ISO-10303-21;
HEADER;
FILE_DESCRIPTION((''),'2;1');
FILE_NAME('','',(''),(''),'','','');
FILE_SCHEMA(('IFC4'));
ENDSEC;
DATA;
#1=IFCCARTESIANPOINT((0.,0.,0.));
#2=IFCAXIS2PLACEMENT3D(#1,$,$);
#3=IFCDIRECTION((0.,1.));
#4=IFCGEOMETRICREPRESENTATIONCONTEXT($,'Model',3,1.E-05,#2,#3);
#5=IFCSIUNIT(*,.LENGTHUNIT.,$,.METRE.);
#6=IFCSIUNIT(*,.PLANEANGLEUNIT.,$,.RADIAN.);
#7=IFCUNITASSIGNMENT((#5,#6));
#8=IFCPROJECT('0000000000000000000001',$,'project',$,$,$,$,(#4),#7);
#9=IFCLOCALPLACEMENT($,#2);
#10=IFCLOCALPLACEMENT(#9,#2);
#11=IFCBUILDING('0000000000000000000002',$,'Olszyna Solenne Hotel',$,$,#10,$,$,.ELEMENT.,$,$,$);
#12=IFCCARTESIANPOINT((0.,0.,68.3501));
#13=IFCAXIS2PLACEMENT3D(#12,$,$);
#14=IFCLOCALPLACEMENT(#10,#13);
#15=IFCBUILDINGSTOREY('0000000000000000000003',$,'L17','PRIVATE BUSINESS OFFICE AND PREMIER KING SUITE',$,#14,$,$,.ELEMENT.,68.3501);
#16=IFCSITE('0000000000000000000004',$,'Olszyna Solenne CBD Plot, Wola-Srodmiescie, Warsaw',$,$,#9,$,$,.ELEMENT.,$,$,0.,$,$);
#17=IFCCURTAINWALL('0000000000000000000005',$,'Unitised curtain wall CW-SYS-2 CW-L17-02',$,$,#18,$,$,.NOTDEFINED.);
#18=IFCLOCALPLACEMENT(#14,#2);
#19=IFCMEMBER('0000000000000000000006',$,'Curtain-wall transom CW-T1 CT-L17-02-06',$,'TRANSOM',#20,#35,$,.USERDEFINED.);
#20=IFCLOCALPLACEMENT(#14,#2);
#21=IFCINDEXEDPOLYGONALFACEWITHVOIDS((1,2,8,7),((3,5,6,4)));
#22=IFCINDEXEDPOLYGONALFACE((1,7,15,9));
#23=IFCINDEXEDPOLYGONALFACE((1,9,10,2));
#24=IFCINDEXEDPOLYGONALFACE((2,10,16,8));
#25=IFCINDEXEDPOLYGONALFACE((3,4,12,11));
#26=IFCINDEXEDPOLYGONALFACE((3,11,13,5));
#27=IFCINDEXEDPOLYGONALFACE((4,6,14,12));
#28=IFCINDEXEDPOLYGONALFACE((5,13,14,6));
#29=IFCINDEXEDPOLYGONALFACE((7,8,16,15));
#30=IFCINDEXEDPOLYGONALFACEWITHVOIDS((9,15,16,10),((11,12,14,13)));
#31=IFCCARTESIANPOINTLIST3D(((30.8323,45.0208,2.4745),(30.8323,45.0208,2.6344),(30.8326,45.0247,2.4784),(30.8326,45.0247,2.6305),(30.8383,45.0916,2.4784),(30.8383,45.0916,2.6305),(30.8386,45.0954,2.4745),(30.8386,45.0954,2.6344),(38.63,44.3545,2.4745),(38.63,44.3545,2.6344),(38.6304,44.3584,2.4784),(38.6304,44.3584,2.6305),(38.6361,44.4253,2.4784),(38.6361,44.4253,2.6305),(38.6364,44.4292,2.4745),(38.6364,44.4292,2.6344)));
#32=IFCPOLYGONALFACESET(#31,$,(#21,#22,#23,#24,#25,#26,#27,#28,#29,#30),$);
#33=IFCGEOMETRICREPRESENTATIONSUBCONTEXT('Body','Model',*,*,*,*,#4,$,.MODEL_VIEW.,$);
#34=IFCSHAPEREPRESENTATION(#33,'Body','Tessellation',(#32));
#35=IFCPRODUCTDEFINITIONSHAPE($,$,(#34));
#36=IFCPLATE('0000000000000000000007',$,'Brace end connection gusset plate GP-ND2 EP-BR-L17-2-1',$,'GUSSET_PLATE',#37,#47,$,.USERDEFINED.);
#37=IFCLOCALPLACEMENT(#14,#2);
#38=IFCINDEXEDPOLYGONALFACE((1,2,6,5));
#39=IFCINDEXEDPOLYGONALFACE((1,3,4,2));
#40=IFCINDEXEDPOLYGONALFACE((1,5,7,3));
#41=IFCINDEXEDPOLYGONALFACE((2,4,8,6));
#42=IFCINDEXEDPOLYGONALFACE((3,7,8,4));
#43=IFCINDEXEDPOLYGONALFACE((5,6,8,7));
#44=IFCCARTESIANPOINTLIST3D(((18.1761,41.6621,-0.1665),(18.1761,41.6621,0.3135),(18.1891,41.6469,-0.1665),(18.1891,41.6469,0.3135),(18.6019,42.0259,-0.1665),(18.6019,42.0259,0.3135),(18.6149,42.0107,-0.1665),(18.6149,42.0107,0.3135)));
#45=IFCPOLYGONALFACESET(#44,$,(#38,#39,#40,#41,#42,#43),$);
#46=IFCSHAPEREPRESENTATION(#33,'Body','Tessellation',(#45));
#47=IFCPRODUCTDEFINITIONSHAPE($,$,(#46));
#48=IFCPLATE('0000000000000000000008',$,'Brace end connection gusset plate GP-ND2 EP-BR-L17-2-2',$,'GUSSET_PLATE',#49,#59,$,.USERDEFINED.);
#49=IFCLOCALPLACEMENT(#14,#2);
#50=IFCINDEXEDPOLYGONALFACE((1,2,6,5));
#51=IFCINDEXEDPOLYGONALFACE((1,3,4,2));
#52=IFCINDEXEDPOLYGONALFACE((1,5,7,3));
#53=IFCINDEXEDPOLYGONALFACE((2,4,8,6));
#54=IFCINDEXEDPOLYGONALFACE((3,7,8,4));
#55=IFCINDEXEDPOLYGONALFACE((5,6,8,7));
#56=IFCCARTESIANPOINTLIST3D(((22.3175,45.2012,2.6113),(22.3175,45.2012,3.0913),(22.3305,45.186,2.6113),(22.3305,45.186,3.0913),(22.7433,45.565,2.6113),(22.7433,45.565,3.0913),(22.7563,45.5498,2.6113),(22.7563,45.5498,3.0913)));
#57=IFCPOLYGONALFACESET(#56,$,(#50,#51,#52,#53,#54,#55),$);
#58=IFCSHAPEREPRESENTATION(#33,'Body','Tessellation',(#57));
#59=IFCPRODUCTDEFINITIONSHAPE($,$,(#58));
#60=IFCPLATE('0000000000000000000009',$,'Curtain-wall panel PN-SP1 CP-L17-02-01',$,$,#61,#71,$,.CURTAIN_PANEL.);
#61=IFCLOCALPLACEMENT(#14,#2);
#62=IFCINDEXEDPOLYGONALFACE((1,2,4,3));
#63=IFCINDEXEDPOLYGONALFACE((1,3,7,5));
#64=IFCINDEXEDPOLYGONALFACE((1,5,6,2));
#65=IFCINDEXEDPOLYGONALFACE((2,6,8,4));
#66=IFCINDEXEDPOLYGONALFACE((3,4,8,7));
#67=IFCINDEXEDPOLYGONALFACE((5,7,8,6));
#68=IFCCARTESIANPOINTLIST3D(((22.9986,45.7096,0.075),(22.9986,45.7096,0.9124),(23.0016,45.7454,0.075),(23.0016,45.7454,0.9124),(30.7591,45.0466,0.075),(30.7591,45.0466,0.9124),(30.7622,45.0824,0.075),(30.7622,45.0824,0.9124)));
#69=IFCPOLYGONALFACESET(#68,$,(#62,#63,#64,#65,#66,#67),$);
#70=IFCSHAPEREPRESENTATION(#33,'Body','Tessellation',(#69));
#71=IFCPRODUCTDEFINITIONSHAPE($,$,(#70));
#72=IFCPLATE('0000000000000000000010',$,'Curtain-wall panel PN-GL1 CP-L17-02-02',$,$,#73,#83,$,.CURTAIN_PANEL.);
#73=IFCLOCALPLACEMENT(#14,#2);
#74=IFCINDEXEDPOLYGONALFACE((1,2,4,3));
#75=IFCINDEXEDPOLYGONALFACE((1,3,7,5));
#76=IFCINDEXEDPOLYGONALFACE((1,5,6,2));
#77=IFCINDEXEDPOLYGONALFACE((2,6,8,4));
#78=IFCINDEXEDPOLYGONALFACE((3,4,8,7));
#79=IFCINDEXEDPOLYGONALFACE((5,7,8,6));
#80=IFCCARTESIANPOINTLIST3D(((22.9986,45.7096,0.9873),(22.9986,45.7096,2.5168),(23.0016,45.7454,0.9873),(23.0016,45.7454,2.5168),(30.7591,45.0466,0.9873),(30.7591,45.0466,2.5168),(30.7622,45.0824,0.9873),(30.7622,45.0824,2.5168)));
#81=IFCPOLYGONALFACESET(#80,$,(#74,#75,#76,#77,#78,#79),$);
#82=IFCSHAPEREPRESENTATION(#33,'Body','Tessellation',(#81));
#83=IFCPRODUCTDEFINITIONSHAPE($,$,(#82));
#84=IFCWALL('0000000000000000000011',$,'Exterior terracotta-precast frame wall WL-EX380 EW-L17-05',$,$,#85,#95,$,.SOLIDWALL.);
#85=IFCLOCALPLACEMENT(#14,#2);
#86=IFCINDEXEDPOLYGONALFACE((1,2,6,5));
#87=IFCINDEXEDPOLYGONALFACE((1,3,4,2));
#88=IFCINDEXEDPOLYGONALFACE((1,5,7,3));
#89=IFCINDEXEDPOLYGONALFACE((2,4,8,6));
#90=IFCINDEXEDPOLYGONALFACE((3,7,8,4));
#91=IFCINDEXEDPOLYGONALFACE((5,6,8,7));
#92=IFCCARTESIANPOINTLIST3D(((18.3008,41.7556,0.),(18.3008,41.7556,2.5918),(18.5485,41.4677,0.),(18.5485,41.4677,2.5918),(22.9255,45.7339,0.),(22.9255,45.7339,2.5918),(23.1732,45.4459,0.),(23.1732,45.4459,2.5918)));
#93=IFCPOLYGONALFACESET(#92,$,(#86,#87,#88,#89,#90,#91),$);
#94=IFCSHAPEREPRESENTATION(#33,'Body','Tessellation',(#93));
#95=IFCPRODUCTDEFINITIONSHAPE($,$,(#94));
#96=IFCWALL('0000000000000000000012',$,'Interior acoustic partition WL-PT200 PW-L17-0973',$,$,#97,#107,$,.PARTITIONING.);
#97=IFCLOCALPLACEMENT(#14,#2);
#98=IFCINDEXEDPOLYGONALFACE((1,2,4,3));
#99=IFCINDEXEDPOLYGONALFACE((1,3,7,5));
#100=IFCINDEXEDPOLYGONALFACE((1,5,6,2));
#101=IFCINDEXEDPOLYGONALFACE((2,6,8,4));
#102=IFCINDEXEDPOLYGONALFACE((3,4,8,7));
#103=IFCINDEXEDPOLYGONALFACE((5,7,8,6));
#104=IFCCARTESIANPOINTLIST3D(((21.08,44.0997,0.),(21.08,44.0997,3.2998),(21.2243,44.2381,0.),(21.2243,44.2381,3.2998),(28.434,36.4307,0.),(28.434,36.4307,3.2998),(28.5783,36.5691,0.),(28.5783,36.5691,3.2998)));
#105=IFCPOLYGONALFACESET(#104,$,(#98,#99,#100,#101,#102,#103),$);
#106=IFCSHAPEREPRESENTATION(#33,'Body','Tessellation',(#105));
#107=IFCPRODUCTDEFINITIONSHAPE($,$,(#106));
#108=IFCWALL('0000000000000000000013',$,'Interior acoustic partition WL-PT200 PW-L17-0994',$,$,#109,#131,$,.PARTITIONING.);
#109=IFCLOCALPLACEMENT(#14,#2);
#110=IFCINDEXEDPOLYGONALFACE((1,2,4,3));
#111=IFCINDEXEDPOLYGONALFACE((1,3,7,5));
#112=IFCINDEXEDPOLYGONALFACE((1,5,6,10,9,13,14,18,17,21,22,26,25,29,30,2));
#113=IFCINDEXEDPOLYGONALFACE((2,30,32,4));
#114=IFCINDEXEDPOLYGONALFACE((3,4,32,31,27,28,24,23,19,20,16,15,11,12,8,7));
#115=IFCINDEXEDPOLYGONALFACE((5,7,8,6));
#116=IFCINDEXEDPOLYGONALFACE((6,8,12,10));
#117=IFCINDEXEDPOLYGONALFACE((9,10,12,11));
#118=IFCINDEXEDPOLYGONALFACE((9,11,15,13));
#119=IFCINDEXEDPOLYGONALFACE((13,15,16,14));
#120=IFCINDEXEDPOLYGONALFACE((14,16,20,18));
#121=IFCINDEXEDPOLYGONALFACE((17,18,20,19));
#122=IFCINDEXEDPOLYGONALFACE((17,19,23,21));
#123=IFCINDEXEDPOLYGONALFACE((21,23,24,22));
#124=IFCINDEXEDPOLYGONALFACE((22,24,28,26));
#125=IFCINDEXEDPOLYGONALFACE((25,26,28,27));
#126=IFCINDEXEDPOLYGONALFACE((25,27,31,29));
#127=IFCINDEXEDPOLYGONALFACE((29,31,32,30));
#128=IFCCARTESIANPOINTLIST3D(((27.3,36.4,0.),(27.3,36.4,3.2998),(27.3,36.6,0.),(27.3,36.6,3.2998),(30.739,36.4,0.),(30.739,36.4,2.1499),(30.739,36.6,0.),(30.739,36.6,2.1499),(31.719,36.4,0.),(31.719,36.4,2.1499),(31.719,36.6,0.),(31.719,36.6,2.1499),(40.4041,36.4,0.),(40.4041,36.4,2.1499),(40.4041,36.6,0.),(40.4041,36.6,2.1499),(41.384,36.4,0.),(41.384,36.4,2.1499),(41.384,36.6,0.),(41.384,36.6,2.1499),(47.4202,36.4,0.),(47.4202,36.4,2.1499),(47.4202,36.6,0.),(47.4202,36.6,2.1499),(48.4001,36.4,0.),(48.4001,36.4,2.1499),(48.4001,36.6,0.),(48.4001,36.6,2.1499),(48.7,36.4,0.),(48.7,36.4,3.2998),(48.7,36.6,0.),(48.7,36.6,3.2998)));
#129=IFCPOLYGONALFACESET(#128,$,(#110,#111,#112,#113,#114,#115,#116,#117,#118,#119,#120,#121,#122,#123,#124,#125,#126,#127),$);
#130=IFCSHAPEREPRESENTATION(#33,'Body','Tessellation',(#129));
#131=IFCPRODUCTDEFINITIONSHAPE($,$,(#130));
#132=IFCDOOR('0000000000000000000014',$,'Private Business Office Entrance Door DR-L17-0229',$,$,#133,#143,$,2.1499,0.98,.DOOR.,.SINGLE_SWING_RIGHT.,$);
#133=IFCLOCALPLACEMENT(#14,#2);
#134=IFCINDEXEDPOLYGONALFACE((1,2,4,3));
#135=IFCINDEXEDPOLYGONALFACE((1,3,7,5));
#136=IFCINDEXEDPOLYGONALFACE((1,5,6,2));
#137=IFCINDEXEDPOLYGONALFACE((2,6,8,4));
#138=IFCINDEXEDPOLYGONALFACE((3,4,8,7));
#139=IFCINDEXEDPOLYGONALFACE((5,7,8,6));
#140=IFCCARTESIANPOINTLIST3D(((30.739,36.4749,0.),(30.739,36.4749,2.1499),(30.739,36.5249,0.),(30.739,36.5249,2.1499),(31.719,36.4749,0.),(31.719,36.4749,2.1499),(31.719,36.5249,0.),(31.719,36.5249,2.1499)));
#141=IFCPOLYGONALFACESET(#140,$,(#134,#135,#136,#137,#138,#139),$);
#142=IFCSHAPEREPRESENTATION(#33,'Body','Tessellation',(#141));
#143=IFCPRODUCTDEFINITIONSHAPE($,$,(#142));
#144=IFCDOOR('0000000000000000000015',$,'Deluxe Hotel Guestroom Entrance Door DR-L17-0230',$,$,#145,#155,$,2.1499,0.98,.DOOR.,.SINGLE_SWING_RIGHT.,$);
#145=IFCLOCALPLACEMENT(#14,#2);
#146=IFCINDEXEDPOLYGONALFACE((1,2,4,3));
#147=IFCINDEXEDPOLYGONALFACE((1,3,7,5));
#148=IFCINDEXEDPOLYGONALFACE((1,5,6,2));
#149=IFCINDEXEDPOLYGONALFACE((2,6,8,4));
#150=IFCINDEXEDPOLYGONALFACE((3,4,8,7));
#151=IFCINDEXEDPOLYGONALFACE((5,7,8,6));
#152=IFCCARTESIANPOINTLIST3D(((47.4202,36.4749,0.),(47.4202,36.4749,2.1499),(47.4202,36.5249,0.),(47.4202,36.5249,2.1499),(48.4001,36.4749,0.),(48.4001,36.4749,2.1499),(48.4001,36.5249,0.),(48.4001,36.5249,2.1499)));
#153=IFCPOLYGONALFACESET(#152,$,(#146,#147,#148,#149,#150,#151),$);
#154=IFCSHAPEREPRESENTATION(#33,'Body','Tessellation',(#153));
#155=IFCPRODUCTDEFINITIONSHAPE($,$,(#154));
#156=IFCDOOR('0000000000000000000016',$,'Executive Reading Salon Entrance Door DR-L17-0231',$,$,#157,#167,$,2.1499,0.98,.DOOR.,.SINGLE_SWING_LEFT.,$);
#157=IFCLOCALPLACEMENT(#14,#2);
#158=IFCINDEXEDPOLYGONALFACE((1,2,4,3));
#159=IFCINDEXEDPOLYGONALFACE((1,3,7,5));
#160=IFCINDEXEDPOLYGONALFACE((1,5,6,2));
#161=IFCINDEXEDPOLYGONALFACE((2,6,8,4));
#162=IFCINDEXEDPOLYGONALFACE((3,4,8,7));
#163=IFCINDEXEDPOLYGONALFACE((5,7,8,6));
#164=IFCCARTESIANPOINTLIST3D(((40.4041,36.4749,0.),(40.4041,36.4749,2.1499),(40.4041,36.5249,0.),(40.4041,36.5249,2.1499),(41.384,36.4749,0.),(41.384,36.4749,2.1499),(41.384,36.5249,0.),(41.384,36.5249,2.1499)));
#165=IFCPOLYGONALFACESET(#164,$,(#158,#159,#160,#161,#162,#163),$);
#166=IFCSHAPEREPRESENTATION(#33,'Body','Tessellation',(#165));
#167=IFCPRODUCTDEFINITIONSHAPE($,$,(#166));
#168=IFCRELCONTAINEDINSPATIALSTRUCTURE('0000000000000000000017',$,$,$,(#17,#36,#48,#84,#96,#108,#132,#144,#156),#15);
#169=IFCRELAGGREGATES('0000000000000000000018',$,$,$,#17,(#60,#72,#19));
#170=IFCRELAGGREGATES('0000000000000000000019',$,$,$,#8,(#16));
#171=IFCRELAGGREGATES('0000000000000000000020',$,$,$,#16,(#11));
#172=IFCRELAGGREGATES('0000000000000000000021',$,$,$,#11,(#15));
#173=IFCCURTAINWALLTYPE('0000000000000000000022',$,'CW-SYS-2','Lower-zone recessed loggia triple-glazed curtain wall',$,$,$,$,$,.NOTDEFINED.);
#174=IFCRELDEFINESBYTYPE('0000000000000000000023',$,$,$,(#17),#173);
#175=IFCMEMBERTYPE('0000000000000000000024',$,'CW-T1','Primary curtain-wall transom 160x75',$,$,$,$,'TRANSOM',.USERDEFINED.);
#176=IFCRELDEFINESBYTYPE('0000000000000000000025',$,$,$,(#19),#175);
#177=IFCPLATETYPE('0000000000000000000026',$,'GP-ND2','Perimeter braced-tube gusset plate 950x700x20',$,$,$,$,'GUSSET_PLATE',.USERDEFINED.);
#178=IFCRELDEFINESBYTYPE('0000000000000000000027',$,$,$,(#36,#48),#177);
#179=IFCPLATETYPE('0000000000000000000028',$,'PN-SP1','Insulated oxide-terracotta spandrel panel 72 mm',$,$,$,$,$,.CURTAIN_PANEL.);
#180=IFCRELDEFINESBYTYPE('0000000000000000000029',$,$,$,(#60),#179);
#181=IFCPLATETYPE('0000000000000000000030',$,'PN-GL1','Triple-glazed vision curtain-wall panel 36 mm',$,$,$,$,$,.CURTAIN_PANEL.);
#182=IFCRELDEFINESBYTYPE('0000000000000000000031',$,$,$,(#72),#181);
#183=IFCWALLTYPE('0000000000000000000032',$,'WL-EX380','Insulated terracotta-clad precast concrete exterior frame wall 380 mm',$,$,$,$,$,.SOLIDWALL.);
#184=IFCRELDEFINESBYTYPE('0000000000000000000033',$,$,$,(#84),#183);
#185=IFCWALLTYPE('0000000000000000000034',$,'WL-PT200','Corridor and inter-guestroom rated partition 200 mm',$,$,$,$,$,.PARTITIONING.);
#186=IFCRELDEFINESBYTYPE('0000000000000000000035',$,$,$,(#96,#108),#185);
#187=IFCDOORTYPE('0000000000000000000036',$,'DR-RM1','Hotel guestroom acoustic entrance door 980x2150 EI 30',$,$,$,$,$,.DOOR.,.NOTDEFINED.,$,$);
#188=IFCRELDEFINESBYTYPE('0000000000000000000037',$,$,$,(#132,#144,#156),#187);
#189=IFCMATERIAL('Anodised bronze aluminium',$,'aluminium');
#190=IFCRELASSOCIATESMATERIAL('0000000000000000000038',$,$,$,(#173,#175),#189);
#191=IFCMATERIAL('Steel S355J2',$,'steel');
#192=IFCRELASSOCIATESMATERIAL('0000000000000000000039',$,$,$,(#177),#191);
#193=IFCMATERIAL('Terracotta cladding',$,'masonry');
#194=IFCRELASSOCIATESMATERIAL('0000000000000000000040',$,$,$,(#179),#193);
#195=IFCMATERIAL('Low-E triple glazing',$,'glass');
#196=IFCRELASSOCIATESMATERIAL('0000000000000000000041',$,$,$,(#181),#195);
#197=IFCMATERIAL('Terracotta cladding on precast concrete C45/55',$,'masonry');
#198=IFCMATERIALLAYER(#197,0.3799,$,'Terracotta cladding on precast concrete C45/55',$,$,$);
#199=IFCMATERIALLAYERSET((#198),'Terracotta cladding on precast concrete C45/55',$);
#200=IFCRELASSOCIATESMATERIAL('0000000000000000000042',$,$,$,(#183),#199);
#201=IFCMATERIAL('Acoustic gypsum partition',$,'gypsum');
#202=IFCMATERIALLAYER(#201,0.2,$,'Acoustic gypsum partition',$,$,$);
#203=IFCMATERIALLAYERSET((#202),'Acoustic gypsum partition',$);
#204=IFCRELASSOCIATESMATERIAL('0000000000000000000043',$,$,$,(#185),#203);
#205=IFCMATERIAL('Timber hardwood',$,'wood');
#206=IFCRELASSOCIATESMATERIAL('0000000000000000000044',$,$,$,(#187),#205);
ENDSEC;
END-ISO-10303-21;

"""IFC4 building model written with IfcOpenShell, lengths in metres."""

from ifc_helpers import new_model, si_unit, direction, frame, frame_2d, origin, origin_2d, place, context, subcontext, project, spatial, rectangle, hollow_rectangle, extrude, source, transform, mapped, material, layer, layer_set, material_profile, profile_set, type_object, type_shapes, element, fill, aggregate, save


model = new_model("IFC4")

# Units and contexts
model_context = context("Model", 3, precision=1e-05, world=origin(), true_north=direction((0.0, 1.0)))
body_context = subcontext(model_context, "Body", "Model", "MODEL_VIEW")
ifc_project = project(units=[si_unit("LENGTHUNIT", "METRE"), si_unit("PLANEANGLEUNIT", "RADIAN")], contexts=[model_context])

# Site, building, storey
site_placement = place(None, origin())
site = spatial("IfcSite", under=ifc_project, at=site_placement, Name="Olszyna Solenne CBD Plot, Wola-Srodmiescie, Warsaw", CompositionType="ELEMENT", RefElevation=0.0)
building_placement = place(site_placement, origin())
building = spatial("IfcBuilding", under=site, at=building_placement, Name="Olszyna Solenne Hotel", CompositionType="ELEMENT")
storey_placement = place(building_placement, frame((0.0, 0.0, 68.3501)))
storey = spatial("IfcBuildingStorey", under=building, at=storey_placement, Name="L17", Description="PRIVATE BUSINESS OFFICE AND PREMIER KING SUITE", CompositionType="ELEMENT", Elevation=68.3501)

# Shared definitions
ifc_material_1 = material(Name="Steel S355J2", Category="steel")

# Curtain wall, member
ifc_material_2 = material(Name="Anodised bronze aluminium", Category="aluminium")
curtain_wall_type = type_object("IfcCurtainWallType", Name="CW-SYS-2", Description="Lower-zone recessed loggia triple-glazed curtain wall", PredefinedType="NOTDEFINED", material=ifc_material_2)
curtain_wall_placement = place(storey_placement, origin())
curtain_wall = element("IfcCurtainWall", 1, at=curtain_wall_placement, inside=storey, type_object=curtain_wall_type, Name="Unitised curtain wall CW-SYS-2 CW-L17-02", PredefinedType="NOTDEFINED")
ifc_material_profile_1 = material_profile(ifc_material_2, hollow_rectangle(XDim=0.075, YDim=0.1599, WallThickness=0.0039, at=origin_2d()), Name="TRAN 160x75x4", Category="load-bearing")
ifc_profile_set_1 = profile_set([ifc_material_profile_1], Name="Anodised bronze aluminium")
member_type_1 = type_object("IfcMemberType", Name="CW-T1", Description="Primary curtain-wall transom 160x75", ElementType="TRANSOM", PredefinedType="USERDEFINED", material=ifc_profile_set_1)
shared_shape_1 = source(origin(), body_context, "Body", "SweptSolid", [
    extrude(hollow_rectangle(XDim=0.075, YDim=0.1599, WallThickness=0.0039, at=origin_2d()), origin(), (0.0, 0.0, 1.0), 7.8262),
])
member_1_placement = place(storey_placement, frame((30.8354, 45.0581, 2.5544), z_axis=(0.99637, -0.085131, 0.0), x_axis=(0.085131, 0.99637, 0.0)))
member_1 = element("IfcMember", 2, at=member_1_placement, type_object=member_type_1, Name="Curtain-wall transom CW-T1 CT-L17-02-06", ObjectType="TRANSOM", PredefinedType="USERDEFINED", context=body_context, shape_type="MappedRepresentation", body=[
    mapped(shared_shape_1, transform((0.0, 0.0, 0.0), x_axis=(1.0, 0.0, 0.0), y_axis=(0.0, 1.0, 0.0), z_axis=(0.0, 0.0, 1.0), scale=1.0)),
])

# Plates
plate_type_1 = type_object("IfcPlateType", Name="GP-ND2", Description="Perimeter braced-tube gusset plate 950x700x20", ElementType="GUSSET_PLATE", PredefinedType="USERDEFINED", material=ifc_material_1)
shared_shape_2 = source(origin(), body_context, "Body", "SweptSolid", [
    extrude(rectangle(XDim=0.5601, YDim=0.02, at=origin_2d()), origin(), (0.0, 0.0, 1.0), 0.48),
])
for number, where, z_axis, x_axis, name in (
    (3, (18.3955, 41.8364, -0.1665), (0.0, 0.0, 1.0), (0.760293, 0.649581, 0.0), "Brace end connection gusset plate GP-ND2 EP-BR-L17-2-1"),
    (4, (22.5369, 45.3755, 2.6113), (0.0, 0.0, 1.0), (0.760293, 0.649581, 0.0), "Brace end connection gusset plate GP-ND2 EP-BR-L17-2-2"),
):
    element("IfcPlate", number, at=place(storey_placement, frame(where, z_axis=z_axis, x_axis=x_axis)), inside=storey, type_object=plate_type_1, Name=name, ObjectType="GUSSET_PLATE", PredefinedType="USERDEFINED", context=body_context, shape_type="MappedRepresentation", body=[
        mapped(shared_shape_2, transform((0.0, 0.0, 0.0), x_axis=(1.0, 0.0, 0.0), y_axis=(0.0, 1.0, 0.0), z_axis=(0.0, 0.0, 1.0), scale=1.0)),
    ])

# Plates
ifc_material_3 = material(Name="Terracotta cladding", Category="masonry")
plate_type_2 = type_object("IfcPlateType", Name="PN-SP1", Description="Insulated oxide-terracotta spandrel panel 72 mm", PredefinedType="CURTAIN_PANEL", material=ifc_material_3)
shared_shape_3 = source(origin(), body_context, "Body", "SweptSolid", [
    extrude(rectangle(XDim=7.7888, YDim=0.0359, at=origin_2d()), origin(), (0.0, 0.0, 1.0), 0.8374),
])
plate_1_placement = place(storey_placement, frame((26.8804, 45.396, 0.075), z_axis=(0.0, 0.0, 1.0), x_axis=(0.99637, -0.085125, 0.0)))
plate_1 = element("IfcPlate", 5, at=plate_1_placement, type_object=plate_type_2, Name="Curtain-wall panel PN-SP1 CP-L17-02-01", PredefinedType="CURTAIN_PANEL", context=body_context, shape_type="MappedRepresentation", body=[
    mapped(shared_shape_3, transform((0.0, 0.0, 0.0), x_axis=(1.0, 0.0, 0.0), y_axis=(0.0, 1.0, 0.0), z_axis=(0.0, 0.0, 1.0), scale=1.0)),
])
ifc_material_4 = material(Name="Low-E triple glazing", Category="glass")
plate_type_3 = type_object("IfcPlateType", Name="PN-GL1", Description="Triple-glazed vision curtain-wall panel 36 mm", PredefinedType="CURTAIN_PANEL", material=ifc_material_4)
shared_shape_4 = source(origin(), body_context, "Body", "SweptSolid", [
    extrude(rectangle(XDim=7.7888, YDim=0.0359, at=origin_2d()), origin(), (0.0, 0.0, 1.0), 1.5295),
])
plate_2_placement = place(storey_placement, frame((26.8804, 45.396, 0.9873), z_axis=(0.0, 0.0, 1.0), x_axis=(0.99637, -0.085125, 0.0)))
plate_2 = element("IfcPlate", 6, at=plate_2_placement, type_object=plate_type_3, Name="Curtain-wall panel PN-GL1 CP-L17-02-02", PredefinedType="CURTAIN_PANEL", context=body_context, shape_type="MappedRepresentation", body=[
    mapped(shared_shape_4, transform((0.0, 0.0, 0.0), x_axis=(1.0, 0.0, 0.0), y_axis=(0.0, 1.0, 0.0), z_axis=(0.0, 0.0, 1.0), scale=1.0)),
])
aggregate(curtain_wall, [plate_1, plate_2, member_1])

# Walls
ifc_material_5 = material(Name="Terracotta cladding on precast concrete C45/55", Category="masonry")
ifc_layer_1 = layer(ifc_material_5, 0.3799, Name="Terracotta cladding on precast concrete C45/55")
ifc_layer_set_1 = layer_set([ifc_layer_1], Name="Terracotta cladding on precast concrete C45/55")
wall_type_1 = type_object("IfcWallType", Name="WL-EX380", Description="Insulated terracotta-clad precast concrete exterior frame wall 380 mm", PredefinedType="SOLIDWALL", material=ifc_layer_set_1)
wall_1_placement = place(storey_placement, frame((18.4246, 41.6116, 0.0), z_axis=(0.0, 0.0, 1.0), x_axis=(0.758106, 0.652132, 0.0)))
element("IfcWall", 7, at=wall_1_placement, inside=storey, type_object=wall_type_1, Name="Exterior terracotta-precast frame wall WL-EX380 EW-L17-05", PredefinedType="SOLIDWALL", context=body_context, shape_type="SweptSolid", body=[
    extrude(rectangle(XDim=6.1003, YDim=0.3799, at=frame_2d((3.0503, 0.0))), origin(), (0.0, 0.0, 1.0), 2.5918),
])
ifc_material_6 = material(Name="Acoustic gypsum partition", Category="gypsum")
ifc_layer_2 = layer(ifc_material_6, 0.2, Name="Acoustic gypsum partition")
ifc_layer_set_2 = layer_set([ifc_layer_2], Name="Acoustic gypsum partition")
wall_type_2 = type_object("IfcWallType", Name="WL-PT200", Description="Corridor and inter-guestroom rated partition 200 mm", PredefinedType="PARTITIONING", material=ifc_layer_set_2)
wall_2_placement = place(storey_placement, frame((28.5061, 36.5, 0.0), z_axis=(0.0, 0.0, 1.0), x_axis=(-0.692131, 0.721772, 0.0)))
element("IfcWall", 8, at=wall_2_placement, inside=storey, type_object=wall_type_2, Name="Interior acoustic partition WL-PT200 PW-L17-0973", PredefinedType="PARTITIONING", context=body_context, shape_type="SweptSolid", body=[
    extrude(rectangle(XDim=10.6252, YDim=0.2, at=frame_2d((5.3125, 0.0))), origin(), (0.0, 0.0, 1.0), 3.2998),
])

# Wall, openings, doors
wall_3_placement = place(storey_placement, frame((27.3, 36.5, 0.0), z_axis=(0.0, 0.0, 1.0), x_axis=(1.0, 0.0, 0.0)))
wall_3 = element("IfcWall", 9, at=wall_3_placement, inside=storey, type_object=wall_type_2, Name="Interior acoustic partition WL-PT200 PW-L17-0994", PredefinedType="PARTITIONING", context=body_context, shape_type="SweptSolid", body=[
    extrude(rectangle(XDim=21.3999, YDim=0.2, at=frame_2d((10.7, 0.0))), origin(), (0.0, 0.0, 1.0), 3.2998),
])
opening_1_placement = place(wall_3_placement, frame((3.439, 0.0, 0.0)))
opening_1 = element("IfcOpeningElement", 10, at=opening_1_placement, cuts=wall_3, PredefinedType="OPENING", context=body_context, shape_type="SweptSolid", body=[
    extrude(rectangle(XDim=0.98, YDim=2.1499, at=frame_2d((0.49, 1.075))), frame((0.0, 0.1099, 0.0), z_axis=(0.0, -1.0, 0.0), x_axis=(1.0, 0.0, 0.0)), (0.0, 0.0, 1.0), 0.22),
])
opening_2_placement = place(wall_3_placement, frame((20.1201, 0.0, 0.0)))
opening_2 = element("IfcOpeningElement", 11, at=opening_2_placement, cuts=wall_3, PredefinedType="OPENING", context=body_context, shape_type="SweptSolid", body=[
    extrude(rectangle(XDim=0.98, YDim=2.1499, at=frame_2d((0.49, 1.075))), frame((0.0, 0.1099, 0.0), z_axis=(0.0, -1.0, 0.0), x_axis=(1.0, 0.0, 0.0)), (0.0, 0.0, 1.0), 0.22),
])
opening_3_placement = place(wall_3_placement, frame((13.104, 0.0, 0.0)))
opening_3 = element("IfcOpeningElement", 12, at=opening_3_placement, cuts=wall_3, PredefinedType="OPENING", context=body_context, shape_type="SweptSolid", body=[
    extrude(rectangle(XDim=0.98, YDim=2.1499, at=frame_2d((0.49, 1.075))), frame((0.0, 0.1099, 0.0), z_axis=(0.0, -1.0, 0.0), x_axis=(1.0, 0.0, 0.0)), (0.0, 0.0, 1.0), 0.22),
])
ifc_material_7 = material(Name="Timber hardwood", Category="wood")
door_type = type_object("IfcDoorType", Name="DR-RM1", Description="Hotel guestroom acoustic entrance door 980x2150 EI 30", OperationType="NOTDEFINED", PredefinedType="DOOR", material=ifc_material_7)
shared_shape_5 = source(origin(), body_context, "Body", "SweptSolid", [
    extrude(rectangle(XDim=0.98, YDim=2.1499, at=frame_2d((0.49, 1.075))), frame((0.0, 0.0249, 0.0), z_axis=(0.0, -1.0, 0.0), x_axis=(1.0, 0.0, 0.0)), (0.0, 0.0, 1.0), 0.05),
])
type_shapes(door_type, [shared_shape_5])
door_1_placement = place(opening_1_placement, origin())
door_1 = element("IfcDoor", 13, at=door_1_placement, inside=storey, type_object=door_type, Name="Private Business Office Entrance Door DR-L17-0229", OperationType="SINGLE_SWING_RIGHT", OverallHeight=2.1499, OverallWidth=0.98, PredefinedType="DOOR", context=body_context, shape_type="MappedRepresentation", body=[
    mapped(shared_shape_5, transform((0.0, 0.0, 0.0), x_axis=(1.0, 0.0, 0.0), y_axis=(0.0, 1.0, 0.0), z_axis=(0.0, 0.0, 1.0), scale=1.0)),
])
fill(opening_1, door_1)
door_2_placement = place(opening_2_placement, origin())
door_2 = element("IfcDoor", 14, at=door_2_placement, inside=storey, type_object=door_type, Name="Deluxe Hotel Guestroom Entrance Door DR-L17-0230", OperationType="SINGLE_SWING_RIGHT", OverallHeight=2.1499, OverallWidth=0.98, PredefinedType="DOOR", context=body_context, shape_type="MappedRepresentation", body=[
    mapped(shared_shape_5, transform((0.0, 0.0, 0.0), x_axis=(1.0, 0.0, 0.0), y_axis=(0.0, 1.0, 0.0), z_axis=(0.0, 0.0, 1.0), scale=1.0)),
])
fill(opening_2, door_2)
door_3_placement = place(opening_3_placement, origin())
door_3 = element("IfcDoor", 15, at=door_3_placement, inside=storey, type_object=door_type, Name="Executive Reading Salon Entrance Door DR-L17-0231", OperationType="SINGLE_SWING_LEFT", OverallHeight=2.1499, OverallWidth=0.98, PredefinedType="DOOR", context=body_context, shape_type="MappedRepresentation", body=[
    mapped(shared_shape_5, transform((0.0, 0.0, 0.0), x_axis=(1.0, 0.0, 0.0), y_axis=(0.0, 1.0, 0.0), z_axis=(0.0, 0.0, 1.0), scale=1.0)),
])
fill(opening_3, door_3)

save(model, "model.ifc")
